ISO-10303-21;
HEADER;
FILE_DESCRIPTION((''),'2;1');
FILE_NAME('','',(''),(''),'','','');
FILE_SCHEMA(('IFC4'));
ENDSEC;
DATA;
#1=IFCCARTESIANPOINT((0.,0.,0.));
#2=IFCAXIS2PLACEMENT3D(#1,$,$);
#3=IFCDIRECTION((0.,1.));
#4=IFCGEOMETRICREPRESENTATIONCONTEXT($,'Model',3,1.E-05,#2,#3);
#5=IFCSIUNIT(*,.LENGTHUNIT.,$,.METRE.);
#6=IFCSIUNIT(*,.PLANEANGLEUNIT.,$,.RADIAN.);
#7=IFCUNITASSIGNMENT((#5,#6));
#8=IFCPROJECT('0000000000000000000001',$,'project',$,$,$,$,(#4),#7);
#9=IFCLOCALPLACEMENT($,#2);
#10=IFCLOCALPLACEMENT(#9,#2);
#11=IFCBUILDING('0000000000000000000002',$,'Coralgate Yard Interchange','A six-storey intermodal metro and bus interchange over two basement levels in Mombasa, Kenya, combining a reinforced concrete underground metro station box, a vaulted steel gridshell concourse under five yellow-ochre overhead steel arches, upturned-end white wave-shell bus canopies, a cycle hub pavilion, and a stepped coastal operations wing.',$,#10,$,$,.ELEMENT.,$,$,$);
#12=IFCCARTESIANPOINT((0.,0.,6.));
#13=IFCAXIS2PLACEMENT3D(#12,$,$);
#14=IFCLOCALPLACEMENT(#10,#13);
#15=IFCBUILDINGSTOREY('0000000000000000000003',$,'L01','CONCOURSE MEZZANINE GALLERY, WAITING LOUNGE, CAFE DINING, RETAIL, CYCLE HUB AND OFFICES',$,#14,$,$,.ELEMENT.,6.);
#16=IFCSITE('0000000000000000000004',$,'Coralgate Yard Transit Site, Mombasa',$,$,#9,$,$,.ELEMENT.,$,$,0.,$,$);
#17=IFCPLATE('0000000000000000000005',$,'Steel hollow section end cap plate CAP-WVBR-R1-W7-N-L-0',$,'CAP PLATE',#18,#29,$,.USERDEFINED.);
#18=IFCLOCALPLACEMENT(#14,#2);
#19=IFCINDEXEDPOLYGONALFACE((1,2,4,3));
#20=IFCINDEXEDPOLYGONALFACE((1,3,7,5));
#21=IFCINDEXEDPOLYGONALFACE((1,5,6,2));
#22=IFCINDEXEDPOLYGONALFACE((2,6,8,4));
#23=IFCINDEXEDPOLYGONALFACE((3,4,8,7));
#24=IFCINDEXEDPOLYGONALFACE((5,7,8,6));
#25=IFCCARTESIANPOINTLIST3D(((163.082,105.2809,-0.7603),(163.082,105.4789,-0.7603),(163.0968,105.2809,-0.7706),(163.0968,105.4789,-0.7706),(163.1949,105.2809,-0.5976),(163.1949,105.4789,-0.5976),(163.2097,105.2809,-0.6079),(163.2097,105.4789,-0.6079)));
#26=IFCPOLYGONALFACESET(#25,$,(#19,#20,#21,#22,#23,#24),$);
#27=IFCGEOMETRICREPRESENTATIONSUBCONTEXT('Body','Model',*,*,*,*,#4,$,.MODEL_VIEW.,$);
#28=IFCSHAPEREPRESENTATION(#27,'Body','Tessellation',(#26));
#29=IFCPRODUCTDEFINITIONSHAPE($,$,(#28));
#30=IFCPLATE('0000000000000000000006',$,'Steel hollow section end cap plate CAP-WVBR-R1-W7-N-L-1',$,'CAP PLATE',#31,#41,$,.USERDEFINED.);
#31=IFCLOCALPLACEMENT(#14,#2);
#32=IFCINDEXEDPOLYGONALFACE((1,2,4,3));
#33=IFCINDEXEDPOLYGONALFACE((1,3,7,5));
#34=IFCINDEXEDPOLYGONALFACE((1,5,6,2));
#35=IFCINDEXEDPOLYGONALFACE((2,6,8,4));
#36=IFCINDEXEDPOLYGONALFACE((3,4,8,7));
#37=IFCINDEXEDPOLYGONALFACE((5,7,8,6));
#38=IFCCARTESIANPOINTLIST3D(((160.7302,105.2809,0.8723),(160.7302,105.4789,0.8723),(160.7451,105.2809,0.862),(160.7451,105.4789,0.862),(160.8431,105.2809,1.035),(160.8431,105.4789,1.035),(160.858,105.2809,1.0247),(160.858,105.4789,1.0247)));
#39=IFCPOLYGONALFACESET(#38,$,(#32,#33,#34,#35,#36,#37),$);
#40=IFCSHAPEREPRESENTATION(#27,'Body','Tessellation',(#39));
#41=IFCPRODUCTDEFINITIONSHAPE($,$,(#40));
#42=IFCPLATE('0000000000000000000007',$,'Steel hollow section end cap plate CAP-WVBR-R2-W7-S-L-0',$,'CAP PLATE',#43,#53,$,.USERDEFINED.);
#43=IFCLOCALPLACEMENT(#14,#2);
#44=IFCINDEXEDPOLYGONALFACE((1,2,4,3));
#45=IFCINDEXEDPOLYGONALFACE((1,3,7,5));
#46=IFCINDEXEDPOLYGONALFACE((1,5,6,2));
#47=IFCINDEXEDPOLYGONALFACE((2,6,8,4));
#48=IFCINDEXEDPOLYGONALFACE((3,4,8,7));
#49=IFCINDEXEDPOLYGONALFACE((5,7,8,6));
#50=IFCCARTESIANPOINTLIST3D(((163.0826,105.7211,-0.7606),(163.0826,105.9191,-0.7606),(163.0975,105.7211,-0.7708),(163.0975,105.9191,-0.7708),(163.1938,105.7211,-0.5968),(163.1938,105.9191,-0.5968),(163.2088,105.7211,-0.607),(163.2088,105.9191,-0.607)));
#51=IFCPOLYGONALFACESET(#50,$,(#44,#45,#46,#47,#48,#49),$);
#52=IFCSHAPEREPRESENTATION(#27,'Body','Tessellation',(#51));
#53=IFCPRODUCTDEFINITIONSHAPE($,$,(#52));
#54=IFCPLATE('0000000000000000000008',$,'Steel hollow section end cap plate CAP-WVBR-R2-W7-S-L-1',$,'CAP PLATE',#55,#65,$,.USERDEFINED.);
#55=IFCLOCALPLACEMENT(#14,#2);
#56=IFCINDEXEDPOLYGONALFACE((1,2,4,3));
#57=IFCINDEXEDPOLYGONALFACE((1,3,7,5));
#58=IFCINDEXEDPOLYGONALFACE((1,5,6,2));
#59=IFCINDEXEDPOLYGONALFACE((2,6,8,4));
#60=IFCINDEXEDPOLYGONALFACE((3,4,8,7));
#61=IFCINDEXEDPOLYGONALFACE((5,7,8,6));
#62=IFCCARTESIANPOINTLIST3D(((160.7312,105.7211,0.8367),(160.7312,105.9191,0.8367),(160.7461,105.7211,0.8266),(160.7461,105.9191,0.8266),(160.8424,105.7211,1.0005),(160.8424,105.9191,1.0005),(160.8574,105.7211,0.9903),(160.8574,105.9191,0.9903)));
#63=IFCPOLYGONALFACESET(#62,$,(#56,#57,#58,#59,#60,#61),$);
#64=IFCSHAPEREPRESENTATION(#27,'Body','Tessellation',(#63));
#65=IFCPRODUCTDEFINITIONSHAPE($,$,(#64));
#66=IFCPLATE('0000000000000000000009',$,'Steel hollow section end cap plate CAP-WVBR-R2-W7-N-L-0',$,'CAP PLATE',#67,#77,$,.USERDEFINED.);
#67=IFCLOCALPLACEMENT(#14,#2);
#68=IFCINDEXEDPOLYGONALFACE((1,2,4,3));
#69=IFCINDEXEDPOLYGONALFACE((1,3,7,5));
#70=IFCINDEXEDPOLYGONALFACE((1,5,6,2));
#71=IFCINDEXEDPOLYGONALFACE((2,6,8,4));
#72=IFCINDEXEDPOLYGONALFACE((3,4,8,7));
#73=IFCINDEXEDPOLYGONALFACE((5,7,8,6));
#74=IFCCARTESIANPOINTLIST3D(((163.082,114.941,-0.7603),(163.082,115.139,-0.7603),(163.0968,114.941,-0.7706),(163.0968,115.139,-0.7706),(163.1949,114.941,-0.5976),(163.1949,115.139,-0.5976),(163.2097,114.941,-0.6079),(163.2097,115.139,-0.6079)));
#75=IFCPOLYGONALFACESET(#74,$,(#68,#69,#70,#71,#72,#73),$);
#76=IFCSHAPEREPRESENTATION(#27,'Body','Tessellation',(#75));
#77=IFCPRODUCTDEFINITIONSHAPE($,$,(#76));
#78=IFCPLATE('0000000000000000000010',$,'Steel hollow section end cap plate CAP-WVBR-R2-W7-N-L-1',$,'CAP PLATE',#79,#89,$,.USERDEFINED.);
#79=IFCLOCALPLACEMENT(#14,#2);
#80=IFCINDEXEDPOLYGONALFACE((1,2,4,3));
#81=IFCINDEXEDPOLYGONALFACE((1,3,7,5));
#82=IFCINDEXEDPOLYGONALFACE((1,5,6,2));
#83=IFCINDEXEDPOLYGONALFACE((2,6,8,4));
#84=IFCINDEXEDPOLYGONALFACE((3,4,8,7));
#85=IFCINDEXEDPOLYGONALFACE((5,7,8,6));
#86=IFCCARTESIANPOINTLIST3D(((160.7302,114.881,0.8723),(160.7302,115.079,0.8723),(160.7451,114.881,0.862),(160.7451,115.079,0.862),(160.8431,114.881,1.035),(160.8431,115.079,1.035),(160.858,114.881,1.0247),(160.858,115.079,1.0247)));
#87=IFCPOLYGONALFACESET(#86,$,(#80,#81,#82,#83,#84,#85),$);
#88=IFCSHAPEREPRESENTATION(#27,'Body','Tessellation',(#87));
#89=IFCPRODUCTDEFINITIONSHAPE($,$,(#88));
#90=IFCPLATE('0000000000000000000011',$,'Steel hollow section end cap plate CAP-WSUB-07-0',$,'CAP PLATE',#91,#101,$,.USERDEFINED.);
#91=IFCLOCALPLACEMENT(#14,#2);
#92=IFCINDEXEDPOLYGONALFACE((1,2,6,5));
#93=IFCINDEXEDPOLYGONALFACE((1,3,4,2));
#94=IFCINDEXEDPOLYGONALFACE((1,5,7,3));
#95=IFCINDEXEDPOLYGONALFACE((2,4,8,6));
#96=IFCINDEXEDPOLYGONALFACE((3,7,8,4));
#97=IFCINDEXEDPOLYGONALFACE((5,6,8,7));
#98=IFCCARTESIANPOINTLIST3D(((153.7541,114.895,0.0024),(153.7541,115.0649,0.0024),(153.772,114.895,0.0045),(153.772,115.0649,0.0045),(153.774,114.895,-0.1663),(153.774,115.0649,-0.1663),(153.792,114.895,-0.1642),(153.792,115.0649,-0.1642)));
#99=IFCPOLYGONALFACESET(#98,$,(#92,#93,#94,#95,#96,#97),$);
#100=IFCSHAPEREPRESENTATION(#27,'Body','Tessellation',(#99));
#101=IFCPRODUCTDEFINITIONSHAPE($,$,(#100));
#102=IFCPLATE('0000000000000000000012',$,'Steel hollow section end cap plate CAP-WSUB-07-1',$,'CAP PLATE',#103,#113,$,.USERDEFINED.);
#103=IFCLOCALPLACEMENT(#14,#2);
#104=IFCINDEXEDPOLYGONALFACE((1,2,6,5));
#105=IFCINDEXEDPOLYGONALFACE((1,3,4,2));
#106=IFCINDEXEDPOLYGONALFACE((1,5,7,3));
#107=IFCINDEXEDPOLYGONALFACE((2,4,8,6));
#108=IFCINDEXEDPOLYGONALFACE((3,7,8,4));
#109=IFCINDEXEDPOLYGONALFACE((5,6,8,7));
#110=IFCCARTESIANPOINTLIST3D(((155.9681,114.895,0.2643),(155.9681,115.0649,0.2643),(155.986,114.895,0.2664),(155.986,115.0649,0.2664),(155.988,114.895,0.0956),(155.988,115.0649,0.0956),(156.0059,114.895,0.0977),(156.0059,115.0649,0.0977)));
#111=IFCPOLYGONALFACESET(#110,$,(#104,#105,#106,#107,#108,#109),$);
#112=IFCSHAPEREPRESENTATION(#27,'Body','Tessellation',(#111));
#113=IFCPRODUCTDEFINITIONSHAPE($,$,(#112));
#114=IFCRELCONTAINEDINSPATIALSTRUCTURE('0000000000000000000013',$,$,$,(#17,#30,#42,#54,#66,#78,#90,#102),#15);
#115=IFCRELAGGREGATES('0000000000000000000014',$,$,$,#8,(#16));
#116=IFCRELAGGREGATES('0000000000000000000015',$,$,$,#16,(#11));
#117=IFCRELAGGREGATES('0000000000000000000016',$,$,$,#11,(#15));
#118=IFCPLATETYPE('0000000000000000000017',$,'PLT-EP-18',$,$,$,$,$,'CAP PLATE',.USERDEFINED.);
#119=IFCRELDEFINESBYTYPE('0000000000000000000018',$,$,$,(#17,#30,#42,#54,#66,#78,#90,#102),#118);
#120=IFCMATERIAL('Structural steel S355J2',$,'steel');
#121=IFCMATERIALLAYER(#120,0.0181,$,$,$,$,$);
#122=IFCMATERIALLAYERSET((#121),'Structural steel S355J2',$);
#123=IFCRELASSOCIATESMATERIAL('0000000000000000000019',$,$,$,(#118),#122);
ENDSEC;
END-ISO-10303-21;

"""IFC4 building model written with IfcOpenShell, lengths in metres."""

from ifc_helpers import new_model, si_unit, direction, frame, origin, origin_2d, place, context, subcontext, project, spatial, rectangle, extrude, material, layer, layer_set, type_object, element, save


model = new_model("IFC4")

# Units and contexts
model_context = context("Model", 3, precision=1e-05, world=origin(), true_north=direction((0.0, 1.0)))
body_context = subcontext(model_context, "Body", "Model", "MODEL_VIEW")
ifc_project = project(units=[si_unit("LENGTHUNIT", "METRE"), si_unit("PLANEANGLEUNIT", "RADIAN")], contexts=[model_context])

# Site, building, storey
site_placement = place(None, origin())
site = spatial("IfcSite", under=ifc_project, at=site_placement, Name="Coralgate Yard Transit Site, Mombasa", CompositionType="ELEMENT", RefElevation=0.0)
building_placement = place(site_placement, origin())
building = spatial("IfcBuilding", under=site, at=building_placement, Name="Coralgate Yard Interchange", Description="A six-storey intermodal metro and bus interchange over two basement levels in Mombasa, Kenya, combining a reinforced concrete underground metro station box, a vaulted steel gridshell concourse under five yellow-ochre overhead steel arches, upturned-end white wave-shell bus canopies, a cycle hub pavilion, and a stepped coastal operations wing.", CompositionType="ELEMENT")
storey_placement = place(building_placement, frame((0.0, 0.0, 6.0)))
storey = spatial("IfcBuildingStorey", under=building, at=storey_placement, Name="L01", Description="CONCOURSE MEZZANINE GALLERY, WAITING LOUNGE, CAFE DINING, RETAIL, CYCLE HUB AND OFFICES", CompositionType="ELEMENT", Elevation=6.0)

# Plates
ifc_material_1 = material(Name="Structural steel S355J2", Category="steel")
ifc_layer = layer(ifc_material_1, 0.0181)
ifc_layer_set = layer_set([ifc_layer], Name="Structural steel S355J2")
plate_type = type_object("IfcPlateType", Name="PLT-EP-18", ElementType="CAP PLATE", PredefinedType="USERDEFINED", material=ifc_layer_set)
for number, where, z_axis, x_axis, name in (
    (1, (163.1384, 105.3799, -0.679), (0.821436, 0.0, -0.570301), (0.0, 1.0, 0.0), "Steel hollow section end cap plate CAP-WVBR-R1-W7-N-L-0"),
    (2, (160.8015, 105.3799, 0.9434), (-0.821436, 0.0, 0.570301), (0.0, -1.0, 0.0), "Steel hollow section end cap plate CAP-WVBR-R1-W7-N-L-1"),
    (3, (163.1382, 105.8201, -0.6787), (0.827189, 0.0, -0.561923), (0.0, 1.0, 0.0), "Steel hollow section end cap plate CAP-WVBR-R2-W7-S-L-0"),
    (4, (160.8018, 105.8201, 0.9084), (-0.827189, 0.0, 0.561923), (0.0, -1.0, 0.0), "Steel hollow section end cap plate CAP-WVBR-R2-W7-S-L-1"),
    (5, (163.1384, 115.04, -0.679), (0.821436, 0.0, -0.570301), (0.0, 1.0, 0.0), "Steel hollow section end cap plate CAP-WVBR-R2-W7-N-L-0"),
    (6, (160.8015, 114.98, 0.9434), (-0.821436, 0.0, 0.570301), (0.0, -1.0, 0.0), "Steel hollow section end cap plate CAP-WVBR-R2-W7-N-L-1"),
):
    element("IfcPlate", number, at=place(storey_placement, frame(where, z_axis=z_axis, x_axis=x_axis)), inside=storey, type_object=plate_type, Name=name, ObjectType="CAP PLATE", PredefinedType="USERDEFINED", context=body_context, shape_type="SweptSolid", body=[
        extrude(rectangle(XDim=0.198, YDim=0.198, at=origin_2d()), origin(), (0.0, 0.0, 1.0), 0.0181),
    ])
for number, where, z_axis, x_axis, name in (
    (7, (153.782, 114.98, -0.0798), (-0.993089, 0.0, -0.117365), (0.0, -1.0, 0.0), "Steel hollow section end cap plate CAP-WSUB-07-0"),
    (8, (155.978, 114.98, 0.1799), (0.993089, 0.0, 0.117365), (0.0, 1.0, 0.0), "Steel hollow section end cap plate CAP-WSUB-07-1"),
):
    element("IfcPlate", number, at=place(storey_placement, frame(where, z_axis=z_axis, x_axis=x_axis)), inside=storey, type_object=plate_type, Name=name, ObjectType="CAP PLATE", PredefinedType="USERDEFINED", context=body_context, shape_type="SweptSolid", body=[
        extrude(rectangle(XDim=0.1699, YDim=0.1699, at=origin_2d()), origin(), (0.0, 0.0, 1.0), 0.0181),
    ])

save(model, "model.ifc")
